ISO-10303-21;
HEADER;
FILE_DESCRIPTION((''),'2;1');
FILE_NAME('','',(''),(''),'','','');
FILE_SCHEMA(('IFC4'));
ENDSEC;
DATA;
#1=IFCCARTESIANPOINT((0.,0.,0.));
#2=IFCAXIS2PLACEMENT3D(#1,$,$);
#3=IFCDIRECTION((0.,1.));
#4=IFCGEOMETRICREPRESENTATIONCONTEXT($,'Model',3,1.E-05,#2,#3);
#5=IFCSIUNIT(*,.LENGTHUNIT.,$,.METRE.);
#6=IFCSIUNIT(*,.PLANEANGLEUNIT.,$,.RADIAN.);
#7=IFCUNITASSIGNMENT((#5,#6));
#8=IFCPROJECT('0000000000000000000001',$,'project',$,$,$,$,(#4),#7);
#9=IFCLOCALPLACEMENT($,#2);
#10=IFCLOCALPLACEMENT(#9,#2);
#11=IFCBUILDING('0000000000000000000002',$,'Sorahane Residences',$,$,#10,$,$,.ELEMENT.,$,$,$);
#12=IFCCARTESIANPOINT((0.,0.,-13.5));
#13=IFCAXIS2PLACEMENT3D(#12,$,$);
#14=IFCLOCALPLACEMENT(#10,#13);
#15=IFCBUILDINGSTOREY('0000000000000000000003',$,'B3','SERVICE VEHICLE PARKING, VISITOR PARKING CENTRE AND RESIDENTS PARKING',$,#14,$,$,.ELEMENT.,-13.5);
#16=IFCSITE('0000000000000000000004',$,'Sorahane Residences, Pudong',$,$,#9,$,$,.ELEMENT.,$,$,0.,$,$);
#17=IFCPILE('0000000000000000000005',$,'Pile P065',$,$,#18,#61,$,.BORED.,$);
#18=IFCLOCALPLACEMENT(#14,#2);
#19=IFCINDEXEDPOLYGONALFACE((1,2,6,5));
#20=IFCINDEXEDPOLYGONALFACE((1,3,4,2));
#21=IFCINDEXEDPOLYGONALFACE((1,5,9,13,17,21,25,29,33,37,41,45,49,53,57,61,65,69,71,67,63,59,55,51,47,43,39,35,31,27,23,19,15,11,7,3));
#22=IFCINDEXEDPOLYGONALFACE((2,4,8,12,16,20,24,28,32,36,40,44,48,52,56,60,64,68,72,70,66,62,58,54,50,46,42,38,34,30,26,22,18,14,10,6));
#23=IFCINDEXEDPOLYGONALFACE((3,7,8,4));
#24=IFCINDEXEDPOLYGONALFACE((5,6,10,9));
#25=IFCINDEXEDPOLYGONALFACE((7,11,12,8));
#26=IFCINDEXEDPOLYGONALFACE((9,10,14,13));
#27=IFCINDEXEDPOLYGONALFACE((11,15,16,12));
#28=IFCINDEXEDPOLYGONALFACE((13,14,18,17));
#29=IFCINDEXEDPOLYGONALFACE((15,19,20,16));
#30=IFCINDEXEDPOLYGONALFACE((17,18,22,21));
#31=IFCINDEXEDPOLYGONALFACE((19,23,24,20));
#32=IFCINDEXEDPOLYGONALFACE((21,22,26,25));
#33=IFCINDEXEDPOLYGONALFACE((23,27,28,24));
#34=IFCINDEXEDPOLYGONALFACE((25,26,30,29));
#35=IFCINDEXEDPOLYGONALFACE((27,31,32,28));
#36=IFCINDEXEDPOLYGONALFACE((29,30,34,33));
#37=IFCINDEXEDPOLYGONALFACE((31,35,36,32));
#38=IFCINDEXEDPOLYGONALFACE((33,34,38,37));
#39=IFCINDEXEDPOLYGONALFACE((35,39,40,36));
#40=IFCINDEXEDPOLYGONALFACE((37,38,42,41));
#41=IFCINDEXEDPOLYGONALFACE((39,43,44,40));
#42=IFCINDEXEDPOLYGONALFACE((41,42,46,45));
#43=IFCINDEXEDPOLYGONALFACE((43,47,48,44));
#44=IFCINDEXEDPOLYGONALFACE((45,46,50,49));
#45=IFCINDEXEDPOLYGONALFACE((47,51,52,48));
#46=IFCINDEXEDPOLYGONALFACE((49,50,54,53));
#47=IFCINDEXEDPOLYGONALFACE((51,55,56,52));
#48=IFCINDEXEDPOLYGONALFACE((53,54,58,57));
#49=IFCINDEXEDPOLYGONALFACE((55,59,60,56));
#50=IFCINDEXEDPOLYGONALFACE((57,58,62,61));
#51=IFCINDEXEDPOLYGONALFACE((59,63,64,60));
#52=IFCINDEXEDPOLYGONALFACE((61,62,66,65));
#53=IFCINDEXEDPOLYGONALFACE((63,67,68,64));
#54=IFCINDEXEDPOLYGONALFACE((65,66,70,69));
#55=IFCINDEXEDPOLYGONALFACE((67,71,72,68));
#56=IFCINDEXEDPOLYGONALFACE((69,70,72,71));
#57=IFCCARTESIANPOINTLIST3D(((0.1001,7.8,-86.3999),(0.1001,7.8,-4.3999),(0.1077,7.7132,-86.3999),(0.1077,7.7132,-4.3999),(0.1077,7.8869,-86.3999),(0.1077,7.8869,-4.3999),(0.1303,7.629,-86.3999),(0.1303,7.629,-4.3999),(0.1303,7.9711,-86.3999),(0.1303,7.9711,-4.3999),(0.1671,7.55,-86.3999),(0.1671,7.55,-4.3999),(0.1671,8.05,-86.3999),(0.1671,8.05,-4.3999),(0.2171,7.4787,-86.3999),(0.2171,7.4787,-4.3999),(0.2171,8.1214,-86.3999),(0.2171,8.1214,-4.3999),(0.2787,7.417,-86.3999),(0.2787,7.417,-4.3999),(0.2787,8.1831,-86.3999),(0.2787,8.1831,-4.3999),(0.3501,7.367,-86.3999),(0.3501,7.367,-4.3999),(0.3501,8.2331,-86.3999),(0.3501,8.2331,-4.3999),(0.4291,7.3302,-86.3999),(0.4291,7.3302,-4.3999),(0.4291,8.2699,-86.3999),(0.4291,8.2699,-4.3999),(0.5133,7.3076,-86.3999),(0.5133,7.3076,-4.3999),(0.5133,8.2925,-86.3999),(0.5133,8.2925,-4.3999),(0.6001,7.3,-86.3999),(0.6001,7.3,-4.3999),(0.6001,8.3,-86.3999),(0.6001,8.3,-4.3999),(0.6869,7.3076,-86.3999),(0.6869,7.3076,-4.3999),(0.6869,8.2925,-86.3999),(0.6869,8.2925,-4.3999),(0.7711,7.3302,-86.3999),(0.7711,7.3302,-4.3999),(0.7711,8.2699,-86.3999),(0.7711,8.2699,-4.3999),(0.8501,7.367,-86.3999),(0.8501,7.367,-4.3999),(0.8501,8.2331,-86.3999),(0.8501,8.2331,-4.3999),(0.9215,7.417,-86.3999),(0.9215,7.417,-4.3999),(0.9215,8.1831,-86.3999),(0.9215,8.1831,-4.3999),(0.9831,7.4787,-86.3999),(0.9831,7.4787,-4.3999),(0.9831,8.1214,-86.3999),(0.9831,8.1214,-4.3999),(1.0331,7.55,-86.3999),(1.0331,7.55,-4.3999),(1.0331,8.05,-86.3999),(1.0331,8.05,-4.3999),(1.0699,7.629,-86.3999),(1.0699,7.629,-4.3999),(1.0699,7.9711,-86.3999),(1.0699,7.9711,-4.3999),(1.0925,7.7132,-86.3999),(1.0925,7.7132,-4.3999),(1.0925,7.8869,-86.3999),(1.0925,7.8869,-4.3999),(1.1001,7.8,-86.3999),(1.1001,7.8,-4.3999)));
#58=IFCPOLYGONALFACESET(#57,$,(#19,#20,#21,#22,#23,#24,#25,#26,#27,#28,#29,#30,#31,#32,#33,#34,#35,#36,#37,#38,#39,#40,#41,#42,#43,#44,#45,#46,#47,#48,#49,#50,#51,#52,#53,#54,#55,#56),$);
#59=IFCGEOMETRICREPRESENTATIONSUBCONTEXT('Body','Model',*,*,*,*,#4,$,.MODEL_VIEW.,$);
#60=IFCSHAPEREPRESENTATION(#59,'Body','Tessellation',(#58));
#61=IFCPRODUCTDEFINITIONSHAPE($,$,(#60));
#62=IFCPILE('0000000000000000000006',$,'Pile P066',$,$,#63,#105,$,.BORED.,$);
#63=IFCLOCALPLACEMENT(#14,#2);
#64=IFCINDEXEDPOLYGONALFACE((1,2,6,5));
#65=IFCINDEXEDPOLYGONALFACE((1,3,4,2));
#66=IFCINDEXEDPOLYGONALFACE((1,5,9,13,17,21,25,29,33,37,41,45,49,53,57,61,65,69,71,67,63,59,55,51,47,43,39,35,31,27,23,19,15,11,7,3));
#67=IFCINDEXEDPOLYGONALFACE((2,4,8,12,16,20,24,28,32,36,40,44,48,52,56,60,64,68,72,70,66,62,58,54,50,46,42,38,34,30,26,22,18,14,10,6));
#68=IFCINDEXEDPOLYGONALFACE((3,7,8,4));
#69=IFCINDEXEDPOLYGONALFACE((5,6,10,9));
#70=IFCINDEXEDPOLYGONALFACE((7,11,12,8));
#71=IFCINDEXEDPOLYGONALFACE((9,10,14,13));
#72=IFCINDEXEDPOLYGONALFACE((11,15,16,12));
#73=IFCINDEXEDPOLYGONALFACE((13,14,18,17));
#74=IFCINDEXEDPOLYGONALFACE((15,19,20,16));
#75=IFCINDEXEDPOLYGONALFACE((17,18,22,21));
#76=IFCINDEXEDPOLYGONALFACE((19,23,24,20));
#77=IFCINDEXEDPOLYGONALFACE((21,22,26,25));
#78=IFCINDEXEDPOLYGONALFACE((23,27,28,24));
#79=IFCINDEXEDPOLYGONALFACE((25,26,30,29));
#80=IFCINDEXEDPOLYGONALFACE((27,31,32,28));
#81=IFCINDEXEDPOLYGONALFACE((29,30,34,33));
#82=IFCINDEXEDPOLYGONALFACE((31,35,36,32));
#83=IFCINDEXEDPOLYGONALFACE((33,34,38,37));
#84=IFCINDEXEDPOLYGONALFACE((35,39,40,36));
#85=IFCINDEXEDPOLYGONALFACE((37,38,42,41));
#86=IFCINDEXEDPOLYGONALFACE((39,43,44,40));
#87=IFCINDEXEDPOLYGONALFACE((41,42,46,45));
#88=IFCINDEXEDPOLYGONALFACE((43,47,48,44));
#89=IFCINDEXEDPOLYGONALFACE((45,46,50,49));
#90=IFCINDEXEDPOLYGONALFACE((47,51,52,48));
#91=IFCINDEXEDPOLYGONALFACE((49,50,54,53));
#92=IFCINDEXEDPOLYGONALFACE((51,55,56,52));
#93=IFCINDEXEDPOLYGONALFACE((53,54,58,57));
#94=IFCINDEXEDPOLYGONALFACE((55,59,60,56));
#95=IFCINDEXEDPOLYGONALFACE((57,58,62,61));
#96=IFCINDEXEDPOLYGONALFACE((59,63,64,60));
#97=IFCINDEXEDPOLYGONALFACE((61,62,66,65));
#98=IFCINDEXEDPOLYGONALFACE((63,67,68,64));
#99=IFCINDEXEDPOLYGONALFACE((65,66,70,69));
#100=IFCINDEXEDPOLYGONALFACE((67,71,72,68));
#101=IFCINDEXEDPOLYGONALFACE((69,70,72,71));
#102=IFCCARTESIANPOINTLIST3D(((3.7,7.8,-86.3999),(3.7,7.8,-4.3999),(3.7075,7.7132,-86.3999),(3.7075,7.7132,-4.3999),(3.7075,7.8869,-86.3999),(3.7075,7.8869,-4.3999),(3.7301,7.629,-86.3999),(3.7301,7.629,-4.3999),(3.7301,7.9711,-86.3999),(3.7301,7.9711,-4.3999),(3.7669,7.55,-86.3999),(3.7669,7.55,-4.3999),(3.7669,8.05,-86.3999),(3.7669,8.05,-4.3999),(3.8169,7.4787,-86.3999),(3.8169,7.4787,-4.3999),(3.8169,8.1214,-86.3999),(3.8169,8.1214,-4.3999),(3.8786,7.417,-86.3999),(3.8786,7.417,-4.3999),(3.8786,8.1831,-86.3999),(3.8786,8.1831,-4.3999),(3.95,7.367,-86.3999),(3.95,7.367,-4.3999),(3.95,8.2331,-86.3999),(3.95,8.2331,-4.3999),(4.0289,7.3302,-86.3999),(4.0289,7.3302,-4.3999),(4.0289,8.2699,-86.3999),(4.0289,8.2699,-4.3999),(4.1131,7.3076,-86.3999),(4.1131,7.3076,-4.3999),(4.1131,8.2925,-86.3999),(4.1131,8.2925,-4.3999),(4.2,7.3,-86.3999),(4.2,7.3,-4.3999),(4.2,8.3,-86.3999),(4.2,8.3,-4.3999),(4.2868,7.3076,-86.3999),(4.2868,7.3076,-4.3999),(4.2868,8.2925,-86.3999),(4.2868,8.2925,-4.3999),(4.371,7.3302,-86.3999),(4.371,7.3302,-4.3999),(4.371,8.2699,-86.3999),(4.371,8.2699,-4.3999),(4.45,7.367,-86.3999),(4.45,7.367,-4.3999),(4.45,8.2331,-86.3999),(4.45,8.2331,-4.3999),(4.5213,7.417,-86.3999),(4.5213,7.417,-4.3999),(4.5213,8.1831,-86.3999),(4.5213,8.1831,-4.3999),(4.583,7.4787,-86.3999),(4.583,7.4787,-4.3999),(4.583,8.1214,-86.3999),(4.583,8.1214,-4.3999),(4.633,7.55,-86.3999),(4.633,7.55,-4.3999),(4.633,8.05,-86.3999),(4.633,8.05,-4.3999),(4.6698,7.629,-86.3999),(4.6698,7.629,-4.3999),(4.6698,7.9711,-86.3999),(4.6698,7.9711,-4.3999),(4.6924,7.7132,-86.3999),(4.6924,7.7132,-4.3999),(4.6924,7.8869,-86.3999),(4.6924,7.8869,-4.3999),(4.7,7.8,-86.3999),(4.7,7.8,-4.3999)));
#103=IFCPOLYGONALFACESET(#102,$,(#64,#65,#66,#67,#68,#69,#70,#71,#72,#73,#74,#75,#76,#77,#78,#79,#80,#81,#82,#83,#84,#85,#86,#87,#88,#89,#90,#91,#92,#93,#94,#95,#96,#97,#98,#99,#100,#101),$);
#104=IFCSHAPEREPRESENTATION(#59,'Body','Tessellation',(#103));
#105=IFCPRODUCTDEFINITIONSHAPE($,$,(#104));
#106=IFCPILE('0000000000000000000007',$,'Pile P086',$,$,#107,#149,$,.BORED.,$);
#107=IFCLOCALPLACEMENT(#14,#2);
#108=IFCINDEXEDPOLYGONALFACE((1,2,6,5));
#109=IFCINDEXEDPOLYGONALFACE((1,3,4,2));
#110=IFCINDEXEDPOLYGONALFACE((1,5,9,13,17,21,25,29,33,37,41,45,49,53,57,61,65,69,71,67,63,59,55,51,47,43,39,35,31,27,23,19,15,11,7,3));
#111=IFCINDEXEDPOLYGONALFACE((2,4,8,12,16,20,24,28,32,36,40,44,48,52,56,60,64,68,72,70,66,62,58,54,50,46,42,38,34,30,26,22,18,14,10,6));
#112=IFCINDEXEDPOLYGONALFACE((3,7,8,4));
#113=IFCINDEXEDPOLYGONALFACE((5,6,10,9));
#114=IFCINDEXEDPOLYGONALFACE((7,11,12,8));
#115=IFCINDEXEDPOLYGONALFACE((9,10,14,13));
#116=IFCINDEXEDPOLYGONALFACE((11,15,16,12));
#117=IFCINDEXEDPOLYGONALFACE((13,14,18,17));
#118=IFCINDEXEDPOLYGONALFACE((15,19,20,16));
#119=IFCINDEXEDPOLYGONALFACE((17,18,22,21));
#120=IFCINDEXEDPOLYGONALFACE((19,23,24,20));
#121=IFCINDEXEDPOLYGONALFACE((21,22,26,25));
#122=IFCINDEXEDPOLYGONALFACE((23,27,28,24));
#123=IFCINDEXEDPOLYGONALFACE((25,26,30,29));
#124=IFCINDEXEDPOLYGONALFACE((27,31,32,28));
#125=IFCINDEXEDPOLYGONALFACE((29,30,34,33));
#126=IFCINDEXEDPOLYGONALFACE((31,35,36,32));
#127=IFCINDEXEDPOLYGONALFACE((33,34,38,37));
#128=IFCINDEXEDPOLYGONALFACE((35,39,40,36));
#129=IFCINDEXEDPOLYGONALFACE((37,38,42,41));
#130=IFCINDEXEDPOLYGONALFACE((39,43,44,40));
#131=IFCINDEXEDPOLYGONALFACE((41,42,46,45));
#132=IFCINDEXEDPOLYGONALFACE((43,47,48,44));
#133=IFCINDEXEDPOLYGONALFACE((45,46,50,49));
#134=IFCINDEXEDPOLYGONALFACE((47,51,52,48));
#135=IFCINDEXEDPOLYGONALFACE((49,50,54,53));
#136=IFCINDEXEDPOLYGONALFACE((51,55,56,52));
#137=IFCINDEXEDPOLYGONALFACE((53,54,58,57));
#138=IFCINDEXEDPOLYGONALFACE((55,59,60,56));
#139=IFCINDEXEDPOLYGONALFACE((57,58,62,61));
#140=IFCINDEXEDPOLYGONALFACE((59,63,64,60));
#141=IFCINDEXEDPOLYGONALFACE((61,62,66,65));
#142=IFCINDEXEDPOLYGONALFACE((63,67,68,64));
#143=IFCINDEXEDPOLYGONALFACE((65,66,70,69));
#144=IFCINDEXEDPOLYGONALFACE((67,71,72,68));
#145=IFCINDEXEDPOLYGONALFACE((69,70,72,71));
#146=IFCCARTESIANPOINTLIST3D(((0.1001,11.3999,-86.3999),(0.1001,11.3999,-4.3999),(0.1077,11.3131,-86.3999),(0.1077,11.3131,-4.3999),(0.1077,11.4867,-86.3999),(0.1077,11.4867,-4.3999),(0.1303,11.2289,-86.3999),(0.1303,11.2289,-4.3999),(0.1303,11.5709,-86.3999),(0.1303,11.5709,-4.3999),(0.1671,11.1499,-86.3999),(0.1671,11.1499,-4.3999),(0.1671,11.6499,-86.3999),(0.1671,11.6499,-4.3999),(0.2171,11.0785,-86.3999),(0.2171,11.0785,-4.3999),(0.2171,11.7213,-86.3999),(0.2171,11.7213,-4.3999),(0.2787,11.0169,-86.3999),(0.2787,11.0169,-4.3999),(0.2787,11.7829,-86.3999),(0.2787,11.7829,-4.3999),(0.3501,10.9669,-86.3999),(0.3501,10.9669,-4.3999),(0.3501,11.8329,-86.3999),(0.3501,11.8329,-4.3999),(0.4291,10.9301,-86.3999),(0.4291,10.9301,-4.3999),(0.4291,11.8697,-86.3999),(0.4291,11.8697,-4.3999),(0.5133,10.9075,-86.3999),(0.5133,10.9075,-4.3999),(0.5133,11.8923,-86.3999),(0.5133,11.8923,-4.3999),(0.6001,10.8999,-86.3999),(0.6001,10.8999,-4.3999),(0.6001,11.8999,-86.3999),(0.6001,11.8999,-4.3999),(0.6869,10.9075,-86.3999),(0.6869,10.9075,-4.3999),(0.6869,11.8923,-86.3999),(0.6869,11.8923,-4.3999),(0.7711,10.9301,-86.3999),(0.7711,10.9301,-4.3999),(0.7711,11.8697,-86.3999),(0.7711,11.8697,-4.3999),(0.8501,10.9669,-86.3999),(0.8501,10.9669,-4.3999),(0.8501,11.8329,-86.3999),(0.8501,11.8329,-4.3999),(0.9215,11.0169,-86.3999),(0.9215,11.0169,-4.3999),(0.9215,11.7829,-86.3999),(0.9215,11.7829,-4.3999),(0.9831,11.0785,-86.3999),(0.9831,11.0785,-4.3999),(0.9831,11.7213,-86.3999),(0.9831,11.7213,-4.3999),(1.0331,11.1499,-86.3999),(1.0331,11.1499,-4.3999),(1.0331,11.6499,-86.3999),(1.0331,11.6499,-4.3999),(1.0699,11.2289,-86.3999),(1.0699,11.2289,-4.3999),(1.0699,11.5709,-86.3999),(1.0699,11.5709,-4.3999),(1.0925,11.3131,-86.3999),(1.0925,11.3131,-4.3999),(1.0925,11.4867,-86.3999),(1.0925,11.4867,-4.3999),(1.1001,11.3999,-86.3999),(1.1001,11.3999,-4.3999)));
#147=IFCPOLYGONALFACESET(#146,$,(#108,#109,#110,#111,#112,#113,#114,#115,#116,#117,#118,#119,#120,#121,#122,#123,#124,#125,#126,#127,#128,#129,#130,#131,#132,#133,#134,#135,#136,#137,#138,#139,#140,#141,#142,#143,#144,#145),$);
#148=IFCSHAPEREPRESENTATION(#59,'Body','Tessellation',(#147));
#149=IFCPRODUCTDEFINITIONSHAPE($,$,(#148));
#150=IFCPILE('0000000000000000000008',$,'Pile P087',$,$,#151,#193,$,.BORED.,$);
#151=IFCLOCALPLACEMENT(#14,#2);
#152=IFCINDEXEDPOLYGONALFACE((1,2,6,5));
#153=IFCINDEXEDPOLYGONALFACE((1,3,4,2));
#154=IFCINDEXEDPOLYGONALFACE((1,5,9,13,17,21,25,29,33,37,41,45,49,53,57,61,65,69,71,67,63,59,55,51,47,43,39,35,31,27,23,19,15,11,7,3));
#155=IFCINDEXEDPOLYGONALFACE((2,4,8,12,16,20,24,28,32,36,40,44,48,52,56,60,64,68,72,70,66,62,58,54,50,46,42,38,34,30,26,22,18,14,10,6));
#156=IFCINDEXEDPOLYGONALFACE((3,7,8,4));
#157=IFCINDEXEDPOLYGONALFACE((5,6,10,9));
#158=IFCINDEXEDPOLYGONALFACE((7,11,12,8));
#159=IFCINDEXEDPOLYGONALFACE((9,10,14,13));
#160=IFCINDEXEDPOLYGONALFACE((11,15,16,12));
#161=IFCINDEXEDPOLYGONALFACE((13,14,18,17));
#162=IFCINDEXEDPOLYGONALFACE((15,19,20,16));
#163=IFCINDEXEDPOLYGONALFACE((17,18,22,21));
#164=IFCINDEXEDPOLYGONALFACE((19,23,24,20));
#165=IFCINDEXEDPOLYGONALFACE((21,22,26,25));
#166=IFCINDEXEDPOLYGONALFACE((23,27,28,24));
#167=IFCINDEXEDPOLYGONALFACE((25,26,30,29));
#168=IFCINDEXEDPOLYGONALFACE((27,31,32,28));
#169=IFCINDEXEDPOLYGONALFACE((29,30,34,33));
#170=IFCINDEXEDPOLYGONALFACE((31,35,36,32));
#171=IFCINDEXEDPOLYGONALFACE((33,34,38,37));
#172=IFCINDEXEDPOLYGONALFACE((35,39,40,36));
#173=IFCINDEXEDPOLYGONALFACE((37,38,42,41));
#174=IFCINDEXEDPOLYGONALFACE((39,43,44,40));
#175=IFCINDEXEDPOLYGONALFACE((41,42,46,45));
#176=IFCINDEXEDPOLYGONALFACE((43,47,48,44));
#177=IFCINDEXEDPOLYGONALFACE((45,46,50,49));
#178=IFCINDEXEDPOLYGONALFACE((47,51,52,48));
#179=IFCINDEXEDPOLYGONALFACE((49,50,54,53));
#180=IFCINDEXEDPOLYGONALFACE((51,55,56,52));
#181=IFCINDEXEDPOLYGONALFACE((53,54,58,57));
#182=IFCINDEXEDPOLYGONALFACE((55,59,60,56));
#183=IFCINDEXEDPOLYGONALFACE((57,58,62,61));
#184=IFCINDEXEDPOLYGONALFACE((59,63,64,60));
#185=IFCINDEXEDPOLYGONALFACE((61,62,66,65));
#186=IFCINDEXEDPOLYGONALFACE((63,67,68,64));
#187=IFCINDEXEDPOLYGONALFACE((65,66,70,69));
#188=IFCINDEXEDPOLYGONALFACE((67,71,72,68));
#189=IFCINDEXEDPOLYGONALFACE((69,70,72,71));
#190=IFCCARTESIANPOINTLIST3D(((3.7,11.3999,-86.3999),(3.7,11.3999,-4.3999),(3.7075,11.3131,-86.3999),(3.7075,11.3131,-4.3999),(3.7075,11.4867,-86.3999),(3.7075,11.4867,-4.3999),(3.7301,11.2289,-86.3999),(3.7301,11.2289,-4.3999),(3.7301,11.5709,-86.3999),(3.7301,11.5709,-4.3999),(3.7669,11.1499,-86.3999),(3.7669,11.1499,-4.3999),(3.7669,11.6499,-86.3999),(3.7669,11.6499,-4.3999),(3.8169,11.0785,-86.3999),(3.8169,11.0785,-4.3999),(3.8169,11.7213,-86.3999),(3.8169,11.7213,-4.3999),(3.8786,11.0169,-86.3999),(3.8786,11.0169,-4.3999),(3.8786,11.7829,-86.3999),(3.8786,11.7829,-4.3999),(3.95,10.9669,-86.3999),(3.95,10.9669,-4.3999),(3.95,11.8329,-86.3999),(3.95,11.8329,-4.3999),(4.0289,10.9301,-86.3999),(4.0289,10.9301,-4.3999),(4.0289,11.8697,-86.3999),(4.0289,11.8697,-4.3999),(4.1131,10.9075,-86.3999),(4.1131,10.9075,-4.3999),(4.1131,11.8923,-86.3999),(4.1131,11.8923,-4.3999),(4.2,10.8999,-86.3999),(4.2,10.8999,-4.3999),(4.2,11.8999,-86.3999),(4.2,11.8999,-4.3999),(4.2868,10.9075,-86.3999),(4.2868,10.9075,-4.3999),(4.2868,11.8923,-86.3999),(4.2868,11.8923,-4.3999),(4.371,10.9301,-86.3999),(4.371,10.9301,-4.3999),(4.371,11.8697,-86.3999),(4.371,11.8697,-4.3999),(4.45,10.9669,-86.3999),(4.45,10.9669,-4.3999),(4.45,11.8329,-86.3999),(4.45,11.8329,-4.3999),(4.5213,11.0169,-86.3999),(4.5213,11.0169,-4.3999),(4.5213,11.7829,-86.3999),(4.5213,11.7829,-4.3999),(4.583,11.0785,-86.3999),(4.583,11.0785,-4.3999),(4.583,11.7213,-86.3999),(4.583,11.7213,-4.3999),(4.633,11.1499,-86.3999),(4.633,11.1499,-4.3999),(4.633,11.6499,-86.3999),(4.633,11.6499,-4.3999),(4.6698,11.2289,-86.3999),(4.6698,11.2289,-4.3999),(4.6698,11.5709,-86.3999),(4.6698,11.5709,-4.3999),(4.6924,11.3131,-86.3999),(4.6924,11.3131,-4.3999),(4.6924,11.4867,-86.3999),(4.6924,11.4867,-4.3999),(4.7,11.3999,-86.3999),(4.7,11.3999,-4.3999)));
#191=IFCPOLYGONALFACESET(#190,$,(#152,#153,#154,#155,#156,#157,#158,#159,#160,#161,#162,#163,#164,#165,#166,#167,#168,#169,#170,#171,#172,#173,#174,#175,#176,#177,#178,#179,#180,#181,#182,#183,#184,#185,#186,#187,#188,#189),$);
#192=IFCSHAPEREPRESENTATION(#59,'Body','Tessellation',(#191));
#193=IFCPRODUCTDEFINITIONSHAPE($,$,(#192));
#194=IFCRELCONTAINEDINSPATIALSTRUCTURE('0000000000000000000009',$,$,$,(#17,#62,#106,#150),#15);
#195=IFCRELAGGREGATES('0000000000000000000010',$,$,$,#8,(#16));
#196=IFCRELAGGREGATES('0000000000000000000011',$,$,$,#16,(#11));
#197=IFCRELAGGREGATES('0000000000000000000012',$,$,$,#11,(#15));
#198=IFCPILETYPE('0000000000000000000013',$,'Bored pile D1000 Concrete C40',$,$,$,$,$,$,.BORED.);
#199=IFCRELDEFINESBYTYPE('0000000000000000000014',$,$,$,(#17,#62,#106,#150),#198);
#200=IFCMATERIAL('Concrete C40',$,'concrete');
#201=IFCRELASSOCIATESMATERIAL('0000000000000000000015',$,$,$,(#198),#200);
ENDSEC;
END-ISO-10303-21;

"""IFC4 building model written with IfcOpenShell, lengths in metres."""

from ifc_helpers import new_model, si_unit, direction, frame, origin, origin_2d, place, context, subcontext, project, spatial, circle, extrude, material, material_profile, profile_set, type_object, element, save


model = new_model("IFC4")

# Units and contexts
model_context = context("Model", 3, precision=1e-05, world=origin(), true_north=direction((0.0, 1.0)))
body_context = subcontext(model_context, "Body", "Model", "MODEL_VIEW")
ifc_project = project(units=[si_unit("LENGTHUNIT", "METRE"), si_unit("PLANEANGLEUNIT", "RADIAN")], contexts=[model_context])

# Site, building, storey
site_placement = place(None, origin())
site = spatial("IfcSite", under=ifc_project, at=site_placement, Name="Sorahane Residences, Pudong", CompositionType="ELEMENT", RefElevation=0.0)
building_placement = place(site_placement, origin())
building = spatial("IfcBuilding", under=site, at=building_placement, Name="Sorahane Residences", CompositionType="ELEMENT")
storey_placement = place(building_placement, frame((0.0, 0.0, -13.5)))
storey = spatial("IfcBuildingStorey", under=building, at=storey_placement, Name="B3", Description="SERVICE VEHICLE PARKING, VISITOR PARKING CENTRE AND RESIDENTS PARKING", CompositionType="ELEMENT", Elevation=-13.5)

# Piles
ifc_material_1 = material(Name="Concrete C40", Category="concrete")
ifc_material_profile_1 = material_profile(ifc_material_1, circle(Radius=0.5, at=origin_2d()), Name="D1000")
ifc_profile_set_1 = profile_set([ifc_material_profile_1], Name="Concrete C40")
pile_type = type_object("IfcPileType", Name="Bored pile D1000 Concrete C40", PredefinedType="BORED", material=ifc_profile_set_1)
for number, where, z_axis, x_axis, name in (
    (1, (0.6001, 7.8, -4.3999), (0.0, 0.0, -1.0), (1.0, 0.0, 0.0), "Pile P065"),
    (2, (4.2, 7.8, -4.3999), (0.0, 0.0, -1.0), (1.0, 0.0, 0.0), "Pile P066"),
    (3, (0.6001, 11.3999, -4.3999), (0.0, 0.0, -1.0), (1.0, 0.0, 0.0), "Pile P086"),
    (4, (4.2, 11.3999, -4.3999), (0.0, 0.0, -1.0), (1.0, 0.0, 0.0), "Pile P087"),
):
    element("IfcPile", number, at=place(storey_placement, frame(where, z_axis=z_axis, x_axis=x_axis)), inside=storey, type_object=pile_type, Name=name, PredefinedType="BORED", context=body_context, shape_type="SweptSolid", body=[
        extrude(circle(Radius=0.5, at=origin_2d()), origin(), (0.0, 0.0, 1.0), 82.0),
    ])

save(model, "model.ifc")
